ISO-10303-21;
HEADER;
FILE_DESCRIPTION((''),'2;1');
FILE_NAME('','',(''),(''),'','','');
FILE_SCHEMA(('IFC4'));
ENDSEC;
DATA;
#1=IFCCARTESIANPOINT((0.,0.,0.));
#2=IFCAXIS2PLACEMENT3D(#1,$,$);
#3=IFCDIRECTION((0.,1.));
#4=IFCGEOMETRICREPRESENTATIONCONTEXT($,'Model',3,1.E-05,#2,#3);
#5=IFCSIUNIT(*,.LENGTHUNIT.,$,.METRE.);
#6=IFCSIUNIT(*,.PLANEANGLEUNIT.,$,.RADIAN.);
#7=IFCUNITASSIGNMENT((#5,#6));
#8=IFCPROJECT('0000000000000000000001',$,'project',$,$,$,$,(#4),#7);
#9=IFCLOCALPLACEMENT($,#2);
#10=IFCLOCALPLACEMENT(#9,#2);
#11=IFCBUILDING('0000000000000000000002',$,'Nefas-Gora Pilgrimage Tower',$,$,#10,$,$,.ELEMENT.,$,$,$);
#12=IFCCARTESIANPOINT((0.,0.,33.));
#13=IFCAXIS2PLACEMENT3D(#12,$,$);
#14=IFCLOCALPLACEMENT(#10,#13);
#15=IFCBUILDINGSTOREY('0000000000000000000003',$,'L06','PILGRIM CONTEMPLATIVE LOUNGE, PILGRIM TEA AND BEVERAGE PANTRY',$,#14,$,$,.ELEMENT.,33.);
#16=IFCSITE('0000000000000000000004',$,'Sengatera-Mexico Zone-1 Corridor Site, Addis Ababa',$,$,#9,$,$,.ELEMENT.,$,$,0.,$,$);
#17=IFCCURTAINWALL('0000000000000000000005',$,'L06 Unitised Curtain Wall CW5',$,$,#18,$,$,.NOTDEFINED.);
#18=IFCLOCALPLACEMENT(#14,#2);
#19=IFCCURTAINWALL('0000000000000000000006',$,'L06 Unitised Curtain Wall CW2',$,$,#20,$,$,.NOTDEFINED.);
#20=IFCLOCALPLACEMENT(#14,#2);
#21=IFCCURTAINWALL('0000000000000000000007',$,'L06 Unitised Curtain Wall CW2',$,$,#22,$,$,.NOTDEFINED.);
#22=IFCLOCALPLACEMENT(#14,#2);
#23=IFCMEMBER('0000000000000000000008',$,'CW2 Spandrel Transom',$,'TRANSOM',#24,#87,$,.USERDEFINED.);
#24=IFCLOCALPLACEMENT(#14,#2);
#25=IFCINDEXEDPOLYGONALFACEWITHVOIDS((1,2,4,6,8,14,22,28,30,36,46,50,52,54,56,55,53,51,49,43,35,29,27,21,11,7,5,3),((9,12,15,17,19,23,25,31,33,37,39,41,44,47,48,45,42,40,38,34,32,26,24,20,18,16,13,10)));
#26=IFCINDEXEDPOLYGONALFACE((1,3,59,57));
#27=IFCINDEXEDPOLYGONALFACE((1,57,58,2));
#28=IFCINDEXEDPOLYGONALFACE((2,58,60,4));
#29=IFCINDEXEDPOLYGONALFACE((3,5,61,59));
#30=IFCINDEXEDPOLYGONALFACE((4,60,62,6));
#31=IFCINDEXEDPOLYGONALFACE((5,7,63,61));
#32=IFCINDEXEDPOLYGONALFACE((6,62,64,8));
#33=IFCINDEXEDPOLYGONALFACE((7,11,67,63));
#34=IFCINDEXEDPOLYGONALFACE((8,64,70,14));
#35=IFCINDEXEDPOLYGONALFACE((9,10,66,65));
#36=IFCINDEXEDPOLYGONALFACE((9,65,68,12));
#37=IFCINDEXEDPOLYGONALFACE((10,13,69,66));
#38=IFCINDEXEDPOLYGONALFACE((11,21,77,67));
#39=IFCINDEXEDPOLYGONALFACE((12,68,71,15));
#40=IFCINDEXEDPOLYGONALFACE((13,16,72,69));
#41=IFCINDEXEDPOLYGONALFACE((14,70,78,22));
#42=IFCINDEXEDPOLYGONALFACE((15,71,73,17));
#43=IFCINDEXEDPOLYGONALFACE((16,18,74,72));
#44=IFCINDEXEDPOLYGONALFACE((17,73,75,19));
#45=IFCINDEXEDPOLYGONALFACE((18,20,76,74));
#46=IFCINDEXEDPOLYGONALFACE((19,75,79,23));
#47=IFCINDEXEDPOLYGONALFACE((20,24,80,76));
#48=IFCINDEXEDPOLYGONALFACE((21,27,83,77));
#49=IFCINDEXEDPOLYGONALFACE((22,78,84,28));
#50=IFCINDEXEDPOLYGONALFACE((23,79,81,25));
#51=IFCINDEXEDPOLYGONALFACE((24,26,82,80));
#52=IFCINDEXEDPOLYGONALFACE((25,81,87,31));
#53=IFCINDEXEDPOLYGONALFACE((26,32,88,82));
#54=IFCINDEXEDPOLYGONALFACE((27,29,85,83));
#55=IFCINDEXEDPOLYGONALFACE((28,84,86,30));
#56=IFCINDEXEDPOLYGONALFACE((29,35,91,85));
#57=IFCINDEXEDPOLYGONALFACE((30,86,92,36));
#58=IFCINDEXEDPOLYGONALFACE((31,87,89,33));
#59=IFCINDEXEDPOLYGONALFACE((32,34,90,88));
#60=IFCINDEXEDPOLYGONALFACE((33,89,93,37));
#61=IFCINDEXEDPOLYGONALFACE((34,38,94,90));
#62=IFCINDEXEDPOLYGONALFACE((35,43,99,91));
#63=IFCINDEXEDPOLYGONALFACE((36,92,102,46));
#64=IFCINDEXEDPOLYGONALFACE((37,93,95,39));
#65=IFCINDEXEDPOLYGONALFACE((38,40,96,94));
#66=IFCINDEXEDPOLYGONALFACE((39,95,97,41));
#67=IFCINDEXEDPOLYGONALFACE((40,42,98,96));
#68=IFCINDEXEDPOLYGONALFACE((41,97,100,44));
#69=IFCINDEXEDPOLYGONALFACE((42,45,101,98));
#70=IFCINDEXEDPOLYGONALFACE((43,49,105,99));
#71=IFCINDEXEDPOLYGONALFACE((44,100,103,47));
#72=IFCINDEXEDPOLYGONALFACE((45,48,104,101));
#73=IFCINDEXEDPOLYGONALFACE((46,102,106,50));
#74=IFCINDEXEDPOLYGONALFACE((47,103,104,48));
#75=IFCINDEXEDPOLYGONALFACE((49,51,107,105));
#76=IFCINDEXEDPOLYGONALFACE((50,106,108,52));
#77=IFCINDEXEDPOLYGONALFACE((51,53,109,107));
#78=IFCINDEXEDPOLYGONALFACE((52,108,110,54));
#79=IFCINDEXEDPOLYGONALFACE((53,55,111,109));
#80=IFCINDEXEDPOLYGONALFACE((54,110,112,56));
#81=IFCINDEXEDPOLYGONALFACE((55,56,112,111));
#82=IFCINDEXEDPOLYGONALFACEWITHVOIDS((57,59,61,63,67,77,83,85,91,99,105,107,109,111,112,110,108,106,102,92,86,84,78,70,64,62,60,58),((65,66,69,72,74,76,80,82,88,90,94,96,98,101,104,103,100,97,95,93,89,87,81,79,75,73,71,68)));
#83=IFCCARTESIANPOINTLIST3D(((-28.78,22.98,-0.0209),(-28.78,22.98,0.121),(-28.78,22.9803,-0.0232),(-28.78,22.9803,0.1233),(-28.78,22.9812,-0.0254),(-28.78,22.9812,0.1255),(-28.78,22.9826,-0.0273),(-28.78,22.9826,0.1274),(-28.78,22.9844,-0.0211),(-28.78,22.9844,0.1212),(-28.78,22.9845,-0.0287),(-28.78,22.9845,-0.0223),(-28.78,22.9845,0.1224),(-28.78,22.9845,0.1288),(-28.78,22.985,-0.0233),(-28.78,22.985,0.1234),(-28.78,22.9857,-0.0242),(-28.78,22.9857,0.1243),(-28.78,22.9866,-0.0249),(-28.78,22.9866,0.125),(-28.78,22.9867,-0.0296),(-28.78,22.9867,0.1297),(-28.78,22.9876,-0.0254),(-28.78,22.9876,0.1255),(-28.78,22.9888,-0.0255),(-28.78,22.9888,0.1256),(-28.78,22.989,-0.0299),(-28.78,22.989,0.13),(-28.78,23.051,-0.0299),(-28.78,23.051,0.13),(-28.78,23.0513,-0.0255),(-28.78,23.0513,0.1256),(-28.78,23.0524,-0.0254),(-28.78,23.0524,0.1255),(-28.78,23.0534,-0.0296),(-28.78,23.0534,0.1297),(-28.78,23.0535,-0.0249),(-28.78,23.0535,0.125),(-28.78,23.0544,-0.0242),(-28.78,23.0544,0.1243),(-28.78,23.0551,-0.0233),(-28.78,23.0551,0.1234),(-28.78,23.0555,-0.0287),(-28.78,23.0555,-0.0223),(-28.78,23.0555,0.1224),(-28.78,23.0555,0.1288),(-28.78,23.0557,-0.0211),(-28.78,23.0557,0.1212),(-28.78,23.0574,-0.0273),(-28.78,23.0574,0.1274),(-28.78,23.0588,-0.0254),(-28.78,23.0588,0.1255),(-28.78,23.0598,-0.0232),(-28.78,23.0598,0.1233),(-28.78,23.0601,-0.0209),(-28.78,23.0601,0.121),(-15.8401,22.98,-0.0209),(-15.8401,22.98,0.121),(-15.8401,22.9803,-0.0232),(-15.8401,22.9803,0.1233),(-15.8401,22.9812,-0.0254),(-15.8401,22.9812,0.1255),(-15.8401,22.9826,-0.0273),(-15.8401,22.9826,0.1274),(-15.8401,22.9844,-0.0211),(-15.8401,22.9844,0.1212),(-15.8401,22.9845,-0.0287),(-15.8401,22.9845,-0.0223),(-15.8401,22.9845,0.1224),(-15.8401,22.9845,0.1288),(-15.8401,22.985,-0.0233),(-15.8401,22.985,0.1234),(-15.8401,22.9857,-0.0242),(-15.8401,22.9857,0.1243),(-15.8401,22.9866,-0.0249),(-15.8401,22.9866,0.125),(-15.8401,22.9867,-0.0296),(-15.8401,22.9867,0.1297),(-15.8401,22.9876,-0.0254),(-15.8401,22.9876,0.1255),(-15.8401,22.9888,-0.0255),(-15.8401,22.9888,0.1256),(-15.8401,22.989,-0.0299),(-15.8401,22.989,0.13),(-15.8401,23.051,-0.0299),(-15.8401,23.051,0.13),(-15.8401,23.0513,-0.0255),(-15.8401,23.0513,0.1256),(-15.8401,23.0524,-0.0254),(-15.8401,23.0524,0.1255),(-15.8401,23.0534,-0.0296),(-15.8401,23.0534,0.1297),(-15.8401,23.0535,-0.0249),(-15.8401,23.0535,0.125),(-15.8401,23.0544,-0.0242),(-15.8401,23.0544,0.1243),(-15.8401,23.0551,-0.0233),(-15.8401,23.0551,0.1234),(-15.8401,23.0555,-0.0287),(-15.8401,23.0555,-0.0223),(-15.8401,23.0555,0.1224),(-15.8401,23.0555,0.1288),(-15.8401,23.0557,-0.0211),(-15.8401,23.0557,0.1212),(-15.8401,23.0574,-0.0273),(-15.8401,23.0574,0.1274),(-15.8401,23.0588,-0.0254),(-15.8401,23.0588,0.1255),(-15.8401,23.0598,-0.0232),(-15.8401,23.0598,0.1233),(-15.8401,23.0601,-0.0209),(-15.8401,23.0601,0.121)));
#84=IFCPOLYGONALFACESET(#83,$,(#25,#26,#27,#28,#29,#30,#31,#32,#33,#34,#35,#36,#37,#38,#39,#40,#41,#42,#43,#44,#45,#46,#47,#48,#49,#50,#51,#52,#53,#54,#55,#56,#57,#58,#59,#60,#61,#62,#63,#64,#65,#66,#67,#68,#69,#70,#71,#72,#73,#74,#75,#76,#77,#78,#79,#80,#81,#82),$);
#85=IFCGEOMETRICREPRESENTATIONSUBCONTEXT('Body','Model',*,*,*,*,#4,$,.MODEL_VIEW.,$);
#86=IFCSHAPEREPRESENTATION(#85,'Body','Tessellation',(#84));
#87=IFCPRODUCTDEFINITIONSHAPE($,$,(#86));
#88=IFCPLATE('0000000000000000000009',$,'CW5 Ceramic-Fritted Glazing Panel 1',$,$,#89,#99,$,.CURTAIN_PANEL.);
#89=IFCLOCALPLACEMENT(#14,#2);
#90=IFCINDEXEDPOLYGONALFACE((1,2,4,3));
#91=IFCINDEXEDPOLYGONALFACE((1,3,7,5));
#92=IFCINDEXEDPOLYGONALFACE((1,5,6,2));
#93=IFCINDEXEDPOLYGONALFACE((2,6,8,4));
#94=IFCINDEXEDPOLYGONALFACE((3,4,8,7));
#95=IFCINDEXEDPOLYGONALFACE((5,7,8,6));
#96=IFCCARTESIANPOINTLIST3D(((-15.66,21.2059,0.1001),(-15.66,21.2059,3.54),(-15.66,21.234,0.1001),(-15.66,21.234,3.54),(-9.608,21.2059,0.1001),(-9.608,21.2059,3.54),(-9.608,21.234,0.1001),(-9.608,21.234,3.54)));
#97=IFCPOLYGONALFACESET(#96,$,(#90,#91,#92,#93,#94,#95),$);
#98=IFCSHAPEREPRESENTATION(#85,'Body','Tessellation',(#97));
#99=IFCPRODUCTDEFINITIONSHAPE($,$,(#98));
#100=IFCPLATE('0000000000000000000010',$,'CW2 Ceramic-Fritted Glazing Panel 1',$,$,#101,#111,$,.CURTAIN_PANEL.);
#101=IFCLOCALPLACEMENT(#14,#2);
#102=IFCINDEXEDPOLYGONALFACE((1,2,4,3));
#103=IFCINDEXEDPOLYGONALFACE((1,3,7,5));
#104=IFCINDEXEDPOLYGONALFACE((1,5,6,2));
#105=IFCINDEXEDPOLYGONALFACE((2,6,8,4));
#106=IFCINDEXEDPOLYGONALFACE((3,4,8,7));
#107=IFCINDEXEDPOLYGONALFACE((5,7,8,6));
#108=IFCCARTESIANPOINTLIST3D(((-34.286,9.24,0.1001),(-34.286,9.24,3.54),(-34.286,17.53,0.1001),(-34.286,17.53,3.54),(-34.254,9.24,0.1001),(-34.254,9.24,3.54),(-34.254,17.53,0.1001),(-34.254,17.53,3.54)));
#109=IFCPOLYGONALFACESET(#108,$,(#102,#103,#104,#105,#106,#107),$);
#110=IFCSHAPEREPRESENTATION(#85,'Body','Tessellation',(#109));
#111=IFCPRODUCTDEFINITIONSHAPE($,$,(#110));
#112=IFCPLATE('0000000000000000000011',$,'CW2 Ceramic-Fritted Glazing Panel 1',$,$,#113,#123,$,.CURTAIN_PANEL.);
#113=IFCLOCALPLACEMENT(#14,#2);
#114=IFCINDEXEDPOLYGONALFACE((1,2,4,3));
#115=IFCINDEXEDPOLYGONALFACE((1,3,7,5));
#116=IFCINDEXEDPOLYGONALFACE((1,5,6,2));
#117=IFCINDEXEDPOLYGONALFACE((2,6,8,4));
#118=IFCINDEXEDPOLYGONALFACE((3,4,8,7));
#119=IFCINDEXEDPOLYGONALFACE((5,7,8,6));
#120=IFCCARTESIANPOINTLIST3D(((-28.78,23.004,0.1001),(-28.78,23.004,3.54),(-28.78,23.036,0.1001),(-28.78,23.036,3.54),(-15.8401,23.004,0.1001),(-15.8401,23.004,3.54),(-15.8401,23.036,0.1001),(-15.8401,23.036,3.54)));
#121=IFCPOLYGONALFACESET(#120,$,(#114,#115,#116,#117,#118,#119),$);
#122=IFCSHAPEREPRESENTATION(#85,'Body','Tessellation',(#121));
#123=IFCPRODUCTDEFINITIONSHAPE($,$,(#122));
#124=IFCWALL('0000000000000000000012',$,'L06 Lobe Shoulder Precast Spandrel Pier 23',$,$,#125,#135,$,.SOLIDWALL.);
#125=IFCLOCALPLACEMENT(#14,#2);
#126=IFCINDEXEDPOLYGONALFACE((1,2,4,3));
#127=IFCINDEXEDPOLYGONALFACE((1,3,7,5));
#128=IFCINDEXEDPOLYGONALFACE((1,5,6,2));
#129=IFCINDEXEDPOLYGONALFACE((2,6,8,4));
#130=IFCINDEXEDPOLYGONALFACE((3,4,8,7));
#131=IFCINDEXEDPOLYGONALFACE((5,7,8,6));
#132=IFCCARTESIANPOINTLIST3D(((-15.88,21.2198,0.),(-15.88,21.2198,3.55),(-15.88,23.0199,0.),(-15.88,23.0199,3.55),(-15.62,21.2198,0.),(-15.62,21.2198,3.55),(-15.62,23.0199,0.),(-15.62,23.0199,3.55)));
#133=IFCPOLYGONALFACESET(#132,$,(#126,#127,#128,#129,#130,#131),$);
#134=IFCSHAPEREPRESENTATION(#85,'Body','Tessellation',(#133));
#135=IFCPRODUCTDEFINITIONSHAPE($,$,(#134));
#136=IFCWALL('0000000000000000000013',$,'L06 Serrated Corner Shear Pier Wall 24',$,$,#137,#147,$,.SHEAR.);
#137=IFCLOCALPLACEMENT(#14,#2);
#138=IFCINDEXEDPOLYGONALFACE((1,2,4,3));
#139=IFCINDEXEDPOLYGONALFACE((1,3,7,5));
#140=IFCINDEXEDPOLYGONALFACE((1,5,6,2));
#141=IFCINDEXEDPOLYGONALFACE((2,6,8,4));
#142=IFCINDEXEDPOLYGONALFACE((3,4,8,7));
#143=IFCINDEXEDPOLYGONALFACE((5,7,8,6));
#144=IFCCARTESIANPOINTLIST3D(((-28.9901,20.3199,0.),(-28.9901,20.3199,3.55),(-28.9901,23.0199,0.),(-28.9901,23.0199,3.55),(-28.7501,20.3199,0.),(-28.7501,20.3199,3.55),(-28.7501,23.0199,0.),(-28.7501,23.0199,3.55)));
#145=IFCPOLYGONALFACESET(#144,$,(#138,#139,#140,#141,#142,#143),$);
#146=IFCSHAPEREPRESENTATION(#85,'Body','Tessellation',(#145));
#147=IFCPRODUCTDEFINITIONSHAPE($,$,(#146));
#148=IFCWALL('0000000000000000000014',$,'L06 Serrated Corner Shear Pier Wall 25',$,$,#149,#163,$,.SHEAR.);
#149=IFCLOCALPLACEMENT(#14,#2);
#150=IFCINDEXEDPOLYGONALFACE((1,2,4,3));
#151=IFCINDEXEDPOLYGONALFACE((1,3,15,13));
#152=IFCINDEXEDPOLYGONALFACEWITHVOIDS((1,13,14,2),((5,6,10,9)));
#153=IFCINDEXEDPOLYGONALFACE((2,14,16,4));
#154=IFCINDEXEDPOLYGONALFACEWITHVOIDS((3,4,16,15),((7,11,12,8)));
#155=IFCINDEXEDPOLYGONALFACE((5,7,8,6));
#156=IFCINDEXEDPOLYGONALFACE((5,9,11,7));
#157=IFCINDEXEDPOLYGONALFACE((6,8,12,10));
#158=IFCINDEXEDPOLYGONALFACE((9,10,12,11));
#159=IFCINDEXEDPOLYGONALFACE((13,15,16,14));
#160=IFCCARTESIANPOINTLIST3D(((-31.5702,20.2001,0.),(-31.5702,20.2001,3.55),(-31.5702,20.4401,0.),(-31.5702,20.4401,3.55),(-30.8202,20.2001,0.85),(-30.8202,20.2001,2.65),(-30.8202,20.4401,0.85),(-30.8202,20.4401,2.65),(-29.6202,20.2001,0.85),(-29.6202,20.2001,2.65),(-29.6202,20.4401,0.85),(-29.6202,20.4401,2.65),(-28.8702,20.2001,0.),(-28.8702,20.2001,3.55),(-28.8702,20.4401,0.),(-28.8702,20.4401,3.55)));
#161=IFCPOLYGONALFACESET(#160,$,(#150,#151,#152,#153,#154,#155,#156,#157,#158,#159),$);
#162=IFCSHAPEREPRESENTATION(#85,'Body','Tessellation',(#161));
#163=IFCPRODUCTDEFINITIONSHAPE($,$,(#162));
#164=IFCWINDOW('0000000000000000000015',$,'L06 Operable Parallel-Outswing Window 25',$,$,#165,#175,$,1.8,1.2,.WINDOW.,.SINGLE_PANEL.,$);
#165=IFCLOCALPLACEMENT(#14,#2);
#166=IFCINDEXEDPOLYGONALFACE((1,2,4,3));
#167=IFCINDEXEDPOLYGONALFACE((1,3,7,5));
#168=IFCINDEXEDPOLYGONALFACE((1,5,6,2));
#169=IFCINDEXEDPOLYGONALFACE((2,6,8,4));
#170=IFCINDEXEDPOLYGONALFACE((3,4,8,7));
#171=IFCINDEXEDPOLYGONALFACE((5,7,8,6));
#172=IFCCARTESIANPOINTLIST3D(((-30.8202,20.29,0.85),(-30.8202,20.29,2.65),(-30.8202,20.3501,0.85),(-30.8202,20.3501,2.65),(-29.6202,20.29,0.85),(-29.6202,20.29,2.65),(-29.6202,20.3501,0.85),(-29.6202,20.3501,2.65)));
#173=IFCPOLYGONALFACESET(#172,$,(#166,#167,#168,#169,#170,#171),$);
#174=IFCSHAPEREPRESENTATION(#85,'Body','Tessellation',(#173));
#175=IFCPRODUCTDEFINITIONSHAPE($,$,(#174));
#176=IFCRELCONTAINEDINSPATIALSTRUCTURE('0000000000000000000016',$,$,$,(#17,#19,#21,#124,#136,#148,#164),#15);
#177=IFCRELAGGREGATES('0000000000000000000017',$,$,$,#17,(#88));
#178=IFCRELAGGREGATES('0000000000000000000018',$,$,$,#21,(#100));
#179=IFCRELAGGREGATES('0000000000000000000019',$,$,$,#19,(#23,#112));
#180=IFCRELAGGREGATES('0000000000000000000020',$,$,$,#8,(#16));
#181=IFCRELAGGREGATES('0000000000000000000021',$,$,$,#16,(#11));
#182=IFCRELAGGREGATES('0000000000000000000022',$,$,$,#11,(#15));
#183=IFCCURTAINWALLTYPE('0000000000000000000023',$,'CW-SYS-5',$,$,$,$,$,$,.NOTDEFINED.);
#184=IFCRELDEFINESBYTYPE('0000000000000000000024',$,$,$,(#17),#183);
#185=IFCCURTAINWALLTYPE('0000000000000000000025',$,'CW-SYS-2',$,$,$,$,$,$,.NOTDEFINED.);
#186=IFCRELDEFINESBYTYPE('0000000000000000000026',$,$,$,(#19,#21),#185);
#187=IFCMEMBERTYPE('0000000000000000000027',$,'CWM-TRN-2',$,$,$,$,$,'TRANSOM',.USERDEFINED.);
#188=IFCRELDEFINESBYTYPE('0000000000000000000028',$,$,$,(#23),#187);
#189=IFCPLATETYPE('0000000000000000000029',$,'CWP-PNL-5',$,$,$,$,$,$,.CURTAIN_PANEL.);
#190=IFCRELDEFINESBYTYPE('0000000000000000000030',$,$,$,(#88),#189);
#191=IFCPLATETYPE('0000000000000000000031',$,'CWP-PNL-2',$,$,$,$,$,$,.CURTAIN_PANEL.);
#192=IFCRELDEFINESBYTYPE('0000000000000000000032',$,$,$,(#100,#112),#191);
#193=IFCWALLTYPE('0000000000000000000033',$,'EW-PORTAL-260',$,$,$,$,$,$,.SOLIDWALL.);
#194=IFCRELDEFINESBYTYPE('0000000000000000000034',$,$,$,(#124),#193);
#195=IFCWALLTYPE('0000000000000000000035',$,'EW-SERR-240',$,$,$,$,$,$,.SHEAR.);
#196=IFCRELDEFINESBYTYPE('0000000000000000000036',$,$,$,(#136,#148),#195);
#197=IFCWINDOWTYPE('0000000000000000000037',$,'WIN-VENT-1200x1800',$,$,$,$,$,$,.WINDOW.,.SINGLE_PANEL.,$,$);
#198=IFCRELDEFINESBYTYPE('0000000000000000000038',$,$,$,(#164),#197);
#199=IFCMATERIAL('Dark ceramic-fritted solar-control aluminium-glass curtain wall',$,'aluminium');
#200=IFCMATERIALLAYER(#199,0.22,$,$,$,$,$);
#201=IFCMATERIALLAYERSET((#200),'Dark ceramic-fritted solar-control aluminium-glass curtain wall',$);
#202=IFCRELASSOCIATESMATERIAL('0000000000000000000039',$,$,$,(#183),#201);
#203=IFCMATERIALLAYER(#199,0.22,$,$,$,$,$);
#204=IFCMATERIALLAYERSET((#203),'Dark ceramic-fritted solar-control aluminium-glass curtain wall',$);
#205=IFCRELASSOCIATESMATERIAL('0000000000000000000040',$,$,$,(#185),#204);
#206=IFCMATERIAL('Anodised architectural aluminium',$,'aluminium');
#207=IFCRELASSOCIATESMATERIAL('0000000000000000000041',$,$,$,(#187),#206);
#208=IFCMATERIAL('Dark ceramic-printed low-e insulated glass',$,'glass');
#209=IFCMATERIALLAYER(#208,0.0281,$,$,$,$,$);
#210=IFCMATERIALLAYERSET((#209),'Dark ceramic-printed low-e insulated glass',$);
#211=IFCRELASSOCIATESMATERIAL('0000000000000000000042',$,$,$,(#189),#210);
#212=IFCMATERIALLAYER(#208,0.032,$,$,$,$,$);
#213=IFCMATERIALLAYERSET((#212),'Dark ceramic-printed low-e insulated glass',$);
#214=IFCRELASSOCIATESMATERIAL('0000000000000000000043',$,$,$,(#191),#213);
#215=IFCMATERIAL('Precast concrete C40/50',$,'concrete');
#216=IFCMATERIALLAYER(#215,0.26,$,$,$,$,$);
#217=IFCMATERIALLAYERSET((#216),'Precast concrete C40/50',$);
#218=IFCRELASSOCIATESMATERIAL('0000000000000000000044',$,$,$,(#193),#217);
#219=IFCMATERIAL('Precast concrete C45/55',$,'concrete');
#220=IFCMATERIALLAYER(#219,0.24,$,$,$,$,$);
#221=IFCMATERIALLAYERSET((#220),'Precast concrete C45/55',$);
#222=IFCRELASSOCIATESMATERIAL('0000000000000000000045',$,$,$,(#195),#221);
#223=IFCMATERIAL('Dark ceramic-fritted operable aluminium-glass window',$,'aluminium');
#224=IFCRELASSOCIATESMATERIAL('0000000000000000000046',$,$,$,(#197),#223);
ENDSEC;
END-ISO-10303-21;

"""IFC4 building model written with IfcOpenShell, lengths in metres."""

from ifc_helpers import new_model, si_unit, direction, frame, frame_2d, origin, origin_2d, place, context, subcontext, project, spatial, rectangle, hollow_rectangle, extrude, source, transform, mapped, material, layer, layer_set, material_profile, profile_set, type_object, element, fill, aggregate, save


model = new_model("IFC4")

# Units and contexts
model_context = context("Model", 3, precision=1e-05, world=origin(), true_north=direction((0.0, 1.0)))
body_context = subcontext(model_context, "Body", "Model", "MODEL_VIEW")
ifc_project = project(units=[si_unit("LENGTHUNIT", "METRE"), si_unit("PLANEANGLEUNIT", "RADIAN")], contexts=[model_context])

# Site, building, storey
site_placement = place(None, origin())
site = spatial("IfcSite", under=ifc_project, at=site_placement, Name="Sengatera-Mexico Zone-1 Corridor Site, Addis Ababa", CompositionType="ELEMENT", RefElevation=0.0)
building_placement = place(site_placement, origin())
building = spatial("IfcBuilding", under=site, at=building_placement, Name="Nefas-Gora Pilgrimage Tower", CompositionType="ELEMENT")
storey_placement = place(building_placement, frame((0.0, 0.0, 33.0)))
storey = spatial("IfcBuildingStorey", under=building, at=storey_placement, Name="L06", Description="PILGRIM CONTEMPLATIVE LOUNGE, PILGRIM TEA AND BEVERAGE PANTRY", CompositionType="ELEMENT", Elevation=33.0)

# Curtain wall
ifc_material_1 = material(Name="Dark ceramic-fritted solar-control aluminium-glass curtain wall", Category="aluminium")
ifc_layer_1 = layer(ifc_material_1, 0.22)
ifc_layer_set_1 = layer_set([ifc_layer_1], Name="Dark ceramic-fritted solar-control aluminium-glass curtain wall")
curtain_wall_type_1 = type_object("IfcCurtainWallType", Name="CW-SYS-5", PredefinedType="NOTDEFINED", material=ifc_layer_set_1)
curtain_wall_1_placement = place(storey_placement, origin())
curtain_wall_1 = element("IfcCurtainWall", 1, at=curtain_wall_1_placement, inside=storey, type_object=curtain_wall_type_1, Name="L06 Unitised Curtain Wall CW5", PredefinedType="NOTDEFINED")
ifc_material_2 = material(Name="Anodised architectural aluminium", Category="aluminium")

# Curtain walls
ifc_layer_2 = layer(ifc_material_1, 0.22)
ifc_layer_set_2 = layer_set([ifc_layer_2], Name="Dark ceramic-fritted solar-control aluminium-glass curtain wall")
curtain_wall_type_2 = type_object("IfcCurtainWallType", Name="CW-SYS-2", PredefinedType="NOTDEFINED", material=ifc_layer_set_2)
curtain_wall_2_placement = place(storey_placement, origin())
curtain_wall_2 = element("IfcCurtainWall", 2, at=curtain_wall_2_placement, inside=storey, type_object=curtain_wall_type_2, Name="L06 Unitised Curtain Wall CW2", PredefinedType="NOTDEFINED")
curtain_wall_3_placement = place(storey_placement, origin())
curtain_wall_3 = element("IfcCurtainWall", 3, at=curtain_wall_3_placement, inside=storey, type_object=curtain_wall_type_2, Name="L06 Unitised Curtain Wall CW2", PredefinedType="NOTDEFINED")
ifc_material_profile_1 = material_profile(ifc_material_2, hollow_rectangle(XDim=0.0801, YDim=0.1599, WallThickness=0.0044, InnerFilletRadius=0.0044, OuterFilletRadius=0.009, at=origin_2d()), Name="ALU TRANSOM 80x160")
ifc_profile_set_1 = profile_set([ifc_material_profile_1], Name="Anodised architectural aluminium")
member_type_1 = type_object("IfcMemberType", Name="CWM-TRN-2", ElementType="TRANSOM", PredefinedType="USERDEFINED", material=ifc_profile_set_1)

# Member
shared_shape_1 = source(origin(), body_context, "Body", "SweptSolid", [
    extrude(hollow_rectangle(XDim=0.0801, YDim=0.1599, WallThickness=0.0044, InnerFilletRadius=0.0044, OuterFilletRadius=0.009, at=origin_2d()), origin(), (0.0, 0.0, 1.0), 12.9399),
])
member_1_placement = place(storey_placement, frame((-15.8401, 23.02, 0.05), z_axis=(-1.0, 0.0, 0.0), x_axis=(0.0, -1.0, 0.0)))
member_1 = element("IfcMember", 4, at=member_1_placement, type_object=member_type_1, Name="CW2 Spandrel Transom", ObjectType="TRANSOM", PredefinedType="USERDEFINED", context=body_context, shape_type="MappedRepresentation", body=[
    mapped(shared_shape_1, transform((0.0, 0.0, 0.0), x_axis=(1.0, 0.0, 0.0), y_axis=(0.0, 1.0, 0.0), z_axis=(0.0, 0.0, 1.0), scale=1.0)),
])

# Plates
ifc_material_3 = material(Name="Dark ceramic-printed low-e insulated glass", Category="glass")
ifc_layer_3 = layer(ifc_material_3, 0.0281)
ifc_layer_set_3 = layer_set([ifc_layer_3], Name="Dark ceramic-printed low-e insulated glass")
plate_type_1 = type_object("IfcPlateType", Name="CWP-PNL-5", PredefinedType="CURTAIN_PANEL", material=ifc_layer_set_3)
shared_shape_2 = source(origin(), body_context, "Body", "SweptSolid", [
    extrude(rectangle(XDim=6.052, YDim=0.0281, at=origin_2d()), origin(), (0.0, 0.0, 1.0), 3.4399),
])
plate_1_placement = place(storey_placement, frame((-12.634, 21.22, 0.1001), z_axis=(0.0, 0.0, 1.0), x_axis=(-1.0, 0.0, 0.0)))
plate_1 = element("IfcPlate", 5, at=plate_1_placement, type_object=plate_type_1, Name="CW5 Ceramic-Fritted Glazing Panel 1", PredefinedType="CURTAIN_PANEL", context=body_context, shape_type="MappedRepresentation", body=[
    mapped(shared_shape_2, transform((0.0, 0.0, 0.0), x_axis=(1.0, 0.0, 0.0), y_axis=(0.0, 1.0, 0.0), z_axis=(0.0, 0.0, 1.0), scale=1.0)),
])
aggregate(curtain_wall_1, [plate_1])
ifc_layer_4 = layer(ifc_material_3, 0.032)
ifc_layer_set_4 = layer_set([ifc_layer_4], Name="Dark ceramic-printed low-e insulated glass")
plate_type_2 = type_object("IfcPlateType", Name="CWP-PNL-2", PredefinedType="CURTAIN_PANEL", material=ifc_layer_set_4)
shared_shape_3 = source(origin(), body_context, "Body", "SweptSolid", [
    extrude(rectangle(XDim=8.29, YDim=0.032, at=origin_2d()), origin(), (0.0, 0.0, 1.0), 3.4399),
])
plate_2_placement = place(storey_placement, frame((-34.27, 13.385, 0.1001), z_axis=(0.0, 0.0, 1.0), x_axis=(0.0, -1.0, 0.0)))
plate_2 = element("IfcPlate", 6, at=plate_2_placement, type_object=plate_type_2, Name="CW2 Ceramic-Fritted Glazing Panel 1", PredefinedType="CURTAIN_PANEL", context=body_context, shape_type="MappedRepresentation", body=[
    mapped(shared_shape_3, transform((0.0, 0.0, 0.0), x_axis=(1.0, 0.0, 0.0), y_axis=(0.0, 1.0, 0.0), z_axis=(0.0, 0.0, 1.0), scale=1.0)),
])
aggregate(curtain_wall_3, [plate_2])
shared_shape_4 = source(origin(), body_context, "Body", "SweptSolid", [
    extrude(rectangle(XDim=12.9399, YDim=0.032, at=origin_2d()), origin(), (0.0, 0.0, 1.0), 3.4399),
])
plate_3_placement = place(storey_placement, frame((-22.3101, 23.02, 0.1001), z_axis=(0.0, 0.0, 1.0), x_axis=(-1.0, 0.0, 0.0)))
plate_3 = element("IfcPlate", 7, at=plate_3_placement, type_object=plate_type_2, Name="CW2 Ceramic-Fritted Glazing Panel 1", PredefinedType="CURTAIN_PANEL", context=body_context, shape_type="MappedRepresentation", body=[
    mapped(shared_shape_4, transform((0.0, 0.0, 0.0), x_axis=(1.0, 0.0, 0.0), y_axis=(0.0, 1.0, 0.0), z_axis=(0.0, 0.0, 1.0), scale=1.0)),
])
aggregate(curtain_wall_2, [member_1, plate_3])

# Walls
ifc_material_4 = material(Name="Precast concrete C40/50", Category="concrete")
ifc_layer_5 = layer(ifc_material_4, 0.26)
ifc_layer_set_5 = layer_set([ifc_layer_5], Name="Precast concrete C40/50")
wall_type_1 = type_object("IfcWallType", Name="EW-PORTAL-260", PredefinedType="SOLIDWALL", material=ifc_layer_set_5)
shared_shape_5 = source(origin(), body_context, "Body", "SweptSolid", [
    extrude(rectangle(XDim=1.8, YDim=0.26, at=frame_2d((0.8999, 0.0))), origin(), (0.0, 0.0, 1.0), 3.55),
])
wall_1_placement = place(storey_placement, frame((-15.75, 21.22, 0.0), z_axis=(0.0, 0.0, 1.0), x_axis=(0.0, 1.0, 0.0)))
element("IfcWall", 8, at=wall_1_placement, inside=storey, type_object=wall_type_1, Name="L06 Lobe Shoulder Precast Spandrel Pier 23", PredefinedType="SOLIDWALL", context=body_context, shape_type="MappedRepresentation", body=[
    mapped(shared_shape_5, transform((0.0, 0.0, 0.0), x_axis=(1.0, 0.0, 0.0), y_axis=(0.0, 1.0, 0.0), z_axis=(0.0, 0.0, 1.0), scale=1.0)),
])
ifc_material_5 = material(Name="Precast concrete C45/55", Category="concrete")
ifc_layer_6 = layer(ifc_material_5, 0.24)
ifc_layer_set_6 = layer_set([ifc_layer_6], Name="Precast concrete C45/55")
wall_type_2 = type_object("IfcWallType", Name="EW-SERR-240", PredefinedType="SHEAR", material=ifc_layer_set_6)
shared_shape_6 = source(origin(), body_context, "Body", "SweptSolid", [
    extrude(rectangle(XDim=2.7, YDim=0.24, at=frame_2d((1.3501, 0.0))), origin(), (0.0, 0.0, 1.0), 3.55),
])
wall_2_placement = place(storey_placement, frame((-28.8701, 23.02, 0.0), z_axis=(0.0, 0.0, 1.0), x_axis=(0.0, -1.0, 0.0)))
element("IfcWall", 9, at=wall_2_placement, inside=storey, type_object=wall_type_2, Name="L06 Serrated Corner Shear Pier Wall 24", PredefinedType="SHEAR", context=body_context, shape_type="MappedRepresentation", body=[
    mapped(shared_shape_6, transform((0.0, 0.0, 0.0), x_axis=(1.0, 0.0, 0.0), y_axis=(0.0, 1.0, 0.0), z_axis=(0.0, 0.0, 1.0), scale=1.0)),
])

# Wall, opening, window
wall_3_placement = place(storey_placement, frame((-28.8701, 20.3201, 0.0), z_axis=(0.0, 0.0, 1.0), x_axis=(-1.0, 0.0, 0.0)))
wall_3 = element("IfcWall", 10, at=wall_3_placement, inside=storey, type_object=wall_type_2, Name="L06 Serrated Corner Shear Pier Wall 25", PredefinedType="SHEAR", context=body_context, shape_type="MappedRepresentation", body=[
    mapped(shared_shape_6, transform((0.0, 0.0, 0.0), x_axis=(1.0, 0.0, 0.0), y_axis=(0.0, 1.0, 0.0), z_axis=(0.0, 0.0, 1.0), scale=1.0)),
])
opening_1_placement = place(wall_3_placement, frame((0.75, 0.0, 0.8501)))
opening_1 = element("IfcOpeningElement", 11, at=opening_1_placement, cuts=wall_3, PredefinedType="OPENING", context=body_context, shape_type="SweptSolid", body=[
    extrude(rectangle(XDim=1.2, YDim=1.8, at=frame_2d((0.6001, 0.8999))), frame((0.0, 0.1299, 0.0), z_axis=(0.0, -1.0, 0.0), x_axis=(1.0, 0.0, 0.0)), (0.0, 0.0, 1.0), 0.26),
])
ifc_material_6 = material(Name="Dark ceramic-fritted operable aluminium-glass window", Category="aluminium")
window_type = type_object("IfcWindowType", Name="WIN-VENT-1200x1800", PartitioningType="SINGLE_PANEL", PredefinedType="WINDOW", material=ifc_material_6)
shared_shape_7 = source(origin(), body_context, "Body", "SweptSolid", [
    extrude(rectangle(XDim=1.2, YDim=1.8, at=frame_2d((0.6001, 0.8999))), frame((0.0, 0.03, 0.0), z_axis=(0.0, -1.0, 0.0), x_axis=(1.0, 0.0, 0.0)), (0.0, 0.0, 1.0), 0.0601),
])
window_placement = place(opening_1_placement, origin())
window = element("IfcWindow", 12, at=window_placement, inside=storey, type_object=window_type, Name="L06 Operable Parallel-Outswing Window 25", OverallHeight=1.8, OverallWidth=1.2, PartitioningType="SINGLE_PANEL", PredefinedType="WINDOW", context=body_context, shape_type="MappedRepresentation", body=[
    mapped(shared_shape_7, transform((0.0, 0.0, 0.0), x_axis=(1.0, 0.0, 0.0), y_axis=(0.0, 1.0, 0.0), z_axis=(0.0, 0.0, 1.0), scale=1.0)),
])
fill(opening_1, window)

save(model, "model.ifc")
